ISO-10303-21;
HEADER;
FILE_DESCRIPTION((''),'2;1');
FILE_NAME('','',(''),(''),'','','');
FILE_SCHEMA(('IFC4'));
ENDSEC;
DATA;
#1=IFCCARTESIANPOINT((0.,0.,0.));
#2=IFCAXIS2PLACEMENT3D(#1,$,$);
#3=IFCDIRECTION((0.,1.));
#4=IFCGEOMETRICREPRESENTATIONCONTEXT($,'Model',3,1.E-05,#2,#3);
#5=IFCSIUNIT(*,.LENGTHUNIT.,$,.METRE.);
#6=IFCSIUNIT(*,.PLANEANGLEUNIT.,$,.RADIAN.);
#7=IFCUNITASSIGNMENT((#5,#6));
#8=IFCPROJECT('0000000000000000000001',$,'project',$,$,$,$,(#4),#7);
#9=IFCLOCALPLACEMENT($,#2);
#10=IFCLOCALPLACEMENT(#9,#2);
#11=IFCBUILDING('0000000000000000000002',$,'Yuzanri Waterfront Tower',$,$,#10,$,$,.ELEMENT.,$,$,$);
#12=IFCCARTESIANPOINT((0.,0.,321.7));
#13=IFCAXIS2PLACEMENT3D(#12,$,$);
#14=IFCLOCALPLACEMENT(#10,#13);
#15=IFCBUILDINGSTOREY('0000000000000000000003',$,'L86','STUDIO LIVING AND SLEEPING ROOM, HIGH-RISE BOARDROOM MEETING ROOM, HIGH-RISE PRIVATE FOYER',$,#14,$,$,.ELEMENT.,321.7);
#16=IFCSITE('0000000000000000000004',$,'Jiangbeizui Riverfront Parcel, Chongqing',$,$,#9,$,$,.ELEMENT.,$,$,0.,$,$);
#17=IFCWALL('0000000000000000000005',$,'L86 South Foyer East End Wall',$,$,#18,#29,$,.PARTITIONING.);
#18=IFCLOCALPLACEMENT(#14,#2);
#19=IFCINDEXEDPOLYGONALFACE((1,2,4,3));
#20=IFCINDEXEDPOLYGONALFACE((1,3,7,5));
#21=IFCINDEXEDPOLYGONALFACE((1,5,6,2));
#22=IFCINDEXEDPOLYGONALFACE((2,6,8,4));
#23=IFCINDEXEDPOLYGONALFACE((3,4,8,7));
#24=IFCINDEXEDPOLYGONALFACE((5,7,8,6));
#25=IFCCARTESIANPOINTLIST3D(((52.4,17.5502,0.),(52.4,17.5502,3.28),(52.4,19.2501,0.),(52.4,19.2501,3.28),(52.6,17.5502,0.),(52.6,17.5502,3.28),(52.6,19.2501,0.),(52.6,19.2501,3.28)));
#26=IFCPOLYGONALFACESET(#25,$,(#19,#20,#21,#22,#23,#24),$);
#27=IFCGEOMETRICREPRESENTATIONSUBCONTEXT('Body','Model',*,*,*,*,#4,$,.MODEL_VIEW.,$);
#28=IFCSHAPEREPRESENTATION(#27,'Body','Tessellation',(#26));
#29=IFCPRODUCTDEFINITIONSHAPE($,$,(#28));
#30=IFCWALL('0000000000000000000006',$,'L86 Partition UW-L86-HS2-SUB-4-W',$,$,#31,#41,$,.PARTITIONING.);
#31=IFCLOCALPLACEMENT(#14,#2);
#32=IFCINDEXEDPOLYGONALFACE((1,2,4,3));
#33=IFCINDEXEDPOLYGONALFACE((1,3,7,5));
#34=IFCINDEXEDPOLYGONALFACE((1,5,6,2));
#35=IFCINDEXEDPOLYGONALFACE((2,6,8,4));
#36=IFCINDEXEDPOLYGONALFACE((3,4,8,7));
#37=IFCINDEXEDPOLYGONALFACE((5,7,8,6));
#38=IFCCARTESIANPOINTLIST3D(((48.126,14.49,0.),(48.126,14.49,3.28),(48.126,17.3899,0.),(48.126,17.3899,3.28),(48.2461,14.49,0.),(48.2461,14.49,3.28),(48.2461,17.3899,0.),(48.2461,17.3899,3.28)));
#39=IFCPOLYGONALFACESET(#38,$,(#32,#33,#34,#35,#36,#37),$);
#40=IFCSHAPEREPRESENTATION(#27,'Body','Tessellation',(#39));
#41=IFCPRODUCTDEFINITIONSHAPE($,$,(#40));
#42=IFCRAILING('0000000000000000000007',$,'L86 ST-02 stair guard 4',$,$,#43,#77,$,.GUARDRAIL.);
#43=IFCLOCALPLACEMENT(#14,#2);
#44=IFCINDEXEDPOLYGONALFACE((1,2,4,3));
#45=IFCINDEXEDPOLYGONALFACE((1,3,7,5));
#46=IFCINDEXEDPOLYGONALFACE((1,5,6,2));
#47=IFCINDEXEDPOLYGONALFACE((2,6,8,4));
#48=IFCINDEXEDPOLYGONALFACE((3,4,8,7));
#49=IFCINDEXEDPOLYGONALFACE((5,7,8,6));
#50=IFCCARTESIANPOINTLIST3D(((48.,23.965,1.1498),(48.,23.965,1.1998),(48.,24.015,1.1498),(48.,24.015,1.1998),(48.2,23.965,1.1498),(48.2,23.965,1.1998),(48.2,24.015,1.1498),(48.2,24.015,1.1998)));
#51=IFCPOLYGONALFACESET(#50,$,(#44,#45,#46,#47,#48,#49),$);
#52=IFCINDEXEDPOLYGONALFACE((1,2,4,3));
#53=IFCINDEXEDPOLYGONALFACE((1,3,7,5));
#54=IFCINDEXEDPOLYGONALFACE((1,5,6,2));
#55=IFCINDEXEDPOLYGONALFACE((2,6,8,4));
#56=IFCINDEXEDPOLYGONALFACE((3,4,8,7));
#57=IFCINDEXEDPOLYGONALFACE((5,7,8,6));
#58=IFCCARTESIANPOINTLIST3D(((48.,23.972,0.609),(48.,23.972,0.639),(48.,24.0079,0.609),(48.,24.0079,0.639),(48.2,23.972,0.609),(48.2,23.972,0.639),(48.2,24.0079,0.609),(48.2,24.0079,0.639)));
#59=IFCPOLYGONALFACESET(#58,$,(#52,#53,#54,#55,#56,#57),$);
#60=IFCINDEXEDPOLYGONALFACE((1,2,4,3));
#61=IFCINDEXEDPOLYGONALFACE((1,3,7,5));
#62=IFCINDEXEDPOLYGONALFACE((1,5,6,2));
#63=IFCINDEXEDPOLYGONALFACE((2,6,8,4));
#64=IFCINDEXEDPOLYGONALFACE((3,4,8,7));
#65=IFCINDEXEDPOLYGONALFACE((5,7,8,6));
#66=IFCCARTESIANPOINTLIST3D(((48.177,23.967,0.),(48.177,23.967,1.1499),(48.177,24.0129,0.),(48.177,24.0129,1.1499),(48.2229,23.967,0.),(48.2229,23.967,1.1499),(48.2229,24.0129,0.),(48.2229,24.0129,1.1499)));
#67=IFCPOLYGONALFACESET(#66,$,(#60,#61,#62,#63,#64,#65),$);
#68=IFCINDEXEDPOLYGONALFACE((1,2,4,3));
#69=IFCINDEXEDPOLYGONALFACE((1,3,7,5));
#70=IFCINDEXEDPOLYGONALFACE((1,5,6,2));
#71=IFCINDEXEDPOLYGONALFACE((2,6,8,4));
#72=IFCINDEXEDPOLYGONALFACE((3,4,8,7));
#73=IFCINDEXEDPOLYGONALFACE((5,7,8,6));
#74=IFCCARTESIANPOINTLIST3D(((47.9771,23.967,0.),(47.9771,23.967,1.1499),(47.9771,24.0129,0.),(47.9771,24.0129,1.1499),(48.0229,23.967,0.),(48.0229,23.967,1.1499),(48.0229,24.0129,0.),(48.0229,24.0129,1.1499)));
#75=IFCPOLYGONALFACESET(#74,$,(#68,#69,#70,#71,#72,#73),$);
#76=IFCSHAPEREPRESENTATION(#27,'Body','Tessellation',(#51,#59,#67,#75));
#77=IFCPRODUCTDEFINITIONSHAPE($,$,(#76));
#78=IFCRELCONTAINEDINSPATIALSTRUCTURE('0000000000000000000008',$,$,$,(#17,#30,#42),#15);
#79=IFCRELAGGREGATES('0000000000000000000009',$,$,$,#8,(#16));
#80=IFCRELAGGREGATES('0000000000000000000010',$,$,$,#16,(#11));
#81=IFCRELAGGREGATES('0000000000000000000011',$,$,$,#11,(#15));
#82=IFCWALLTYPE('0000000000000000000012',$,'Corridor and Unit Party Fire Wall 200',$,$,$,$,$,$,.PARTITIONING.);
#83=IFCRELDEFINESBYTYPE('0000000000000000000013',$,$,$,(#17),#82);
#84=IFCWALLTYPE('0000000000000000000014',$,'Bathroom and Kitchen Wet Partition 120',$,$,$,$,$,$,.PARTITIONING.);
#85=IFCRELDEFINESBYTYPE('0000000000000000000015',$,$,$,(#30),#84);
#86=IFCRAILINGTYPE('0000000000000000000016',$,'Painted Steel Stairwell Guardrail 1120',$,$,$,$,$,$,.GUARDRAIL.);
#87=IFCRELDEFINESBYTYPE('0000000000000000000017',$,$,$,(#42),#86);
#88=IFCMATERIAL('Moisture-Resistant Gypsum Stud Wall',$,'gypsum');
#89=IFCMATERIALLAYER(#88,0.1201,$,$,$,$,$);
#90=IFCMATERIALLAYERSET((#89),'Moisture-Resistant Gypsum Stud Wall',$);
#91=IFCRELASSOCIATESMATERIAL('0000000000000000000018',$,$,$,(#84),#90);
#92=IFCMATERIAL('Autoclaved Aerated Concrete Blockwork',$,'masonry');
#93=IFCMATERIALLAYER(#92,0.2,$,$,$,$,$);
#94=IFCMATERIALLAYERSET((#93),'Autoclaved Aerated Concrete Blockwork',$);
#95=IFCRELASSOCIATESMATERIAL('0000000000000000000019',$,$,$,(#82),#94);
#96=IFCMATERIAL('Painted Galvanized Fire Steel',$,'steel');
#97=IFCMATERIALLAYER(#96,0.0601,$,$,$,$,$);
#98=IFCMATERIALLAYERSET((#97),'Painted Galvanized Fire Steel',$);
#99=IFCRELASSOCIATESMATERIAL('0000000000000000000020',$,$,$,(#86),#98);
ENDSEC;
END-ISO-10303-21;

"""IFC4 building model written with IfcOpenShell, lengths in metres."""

from ifc_helpers import new_model, si_unit, direction, frame, frame_2d, origin, origin_2d, place, context, subcontext, project, spatial, rectangle, extrude, source, transform, mapped, material, layer, layer_set, type_object, element, save


model = new_model("IFC4")

# Units and contexts
model_context = context("Model", 3, precision=1e-05, world=origin(), true_north=direction((0.0, 1.0)))
body_context = subcontext(model_context, "Body", "Model", "MODEL_VIEW")
ifc_project = project(units=[si_unit("LENGTHUNIT", "METRE"), si_unit("PLANEANGLEUNIT", "RADIAN")], contexts=[model_context])

# Site, building, storey
site_placement = place(None, origin())
site = spatial("IfcSite", under=ifc_project, at=site_placement, Name="Jiangbeizui Riverfront Parcel, Chongqing", CompositionType="ELEMENT", RefElevation=0.0)
building_placement = place(site_placement, origin())
building = spatial("IfcBuilding", under=site, at=building_placement, Name="Yuzanri Waterfront Tower", CompositionType="ELEMENT")
storey_placement = place(building_placement, frame((0.0, 0.0, 321.7)))
storey = spatial("IfcBuildingStorey", under=building, at=storey_placement, Name="L86", Description="STUDIO LIVING AND SLEEPING ROOM, HIGH-RISE BOARDROOM MEETING ROOM, HIGH-RISE PRIVATE FOYER", CompositionType="ELEMENT", Elevation=321.7)

# Shared definitions
ifc_material_1 = material(Name="Moisture-Resistant Gypsum Stud Wall", Category="gypsum")
ifc_layer_1 = layer(ifc_material_1, 0.1201)
ifc_layer_set_1 = layer_set([ifc_layer_1], Name="Moisture-Resistant Gypsum Stud Wall")
wall_type_1 = type_object("IfcWallType", Name="Bathroom and Kitchen Wet Partition 120", PredefinedType="PARTITIONING", material=ifc_layer_set_1)

# Shared definitions
ifc_material_2 = material(Name="Autoclaved Aerated Concrete Blockwork", Category="masonry")
ifc_layer_2 = layer(ifc_material_2, 0.2)
ifc_layer_set_2 = layer_set([ifc_layer_2], Name="Autoclaved Aerated Concrete Blockwork")
wall_type_2 = type_object("IfcWallType", Name="Corridor and Unit Party Fire Wall 200", PredefinedType="PARTITIONING", material=ifc_layer_set_2)

# Walls
shared_shape_1 = source(origin(), body_context, "Body", "SweptSolid", [
    extrude(rectangle(XDim=1.7, YDim=0.2, at=frame_2d((0.8501, 0.0))), origin(), (0.0, 0.0, 1.0), 3.28),
])
wall_1_placement = place(storey_placement, frame((52.5, 17.55, 0.0), z_axis=(0.0, 0.0, 1.0), x_axis=(0.0, 1.0, 0.0)))
element("IfcWall", 1, at=wall_1_placement, inside=storey, type_object=wall_type_2, Name="L86 South Foyer East End Wall", PredefinedType="PARTITIONING", context=body_context, shape_type="MappedRepresentation", body=[
    mapped(shared_shape_1, transform((0.0, 0.0, 0.0), scale=1.0)),
])
shared_shape_2 = source(origin(), body_context, "Body", "SweptSolid", [
    extrude(rectangle(XDim=2.8999, YDim=0.1201, at=frame_2d((1.45, 0.0))), origin(), (0.0, 0.0, 1.0), 3.28),
])
wall_2_placement = place(storey_placement, frame((48.186, 14.49, 0.0), z_axis=(0.0, 0.0, 1.0), x_axis=(0.0, 1.0, 0.0)))
element("IfcWall", 2, at=wall_2_placement, inside=storey, type_object=wall_type_1, Name="L86 Partition UW-L86-HS2-SUB-4-W", PredefinedType="PARTITIONING", context=body_context, shape_type="MappedRepresentation", body=[
    mapped(shared_shape_2, transform((0.0, 0.0, 0.0), scale=1.0)),
])

# Railing
ifc_material_3 = material(Name="Painted Galvanized Fire Steel", Category="steel")
ifc_layer_3 = layer(ifc_material_3, 0.0601)
ifc_layer_set_3 = layer_set([ifc_layer_3], Name="Painted Galvanized Fire Steel")
railing_type = type_object("IfcRailingType", Name="Painted Steel Stairwell Guardrail 1120", PredefinedType="GUARDRAIL", material=ifc_layer_set_3)
shared_shape_3 = source(origin(), body_context, "Body", "SweptSolid", [
    extrude(rectangle(XDim=0.05, YDim=0.05, at=origin_2d()), frame((0.0, 0.0, 1.1748), z_axis=(-1.0, 0.0, 0.0), x_axis=(0.0, -1.0, 0.0)), (0.0, 0.0, 1.0), 0.2),
    extrude(rectangle(XDim=0.0359, YDim=0.03, at=origin_2d()), frame((0.0, 0.0, 0.624), z_axis=(-1.0, 0.0, 0.0), x_axis=(0.0, -1.0, 0.0)), (0.0, 0.0, 1.0), 0.2),
    extrude(rectangle(XDim=0.0459, YDim=0.0459, at=origin_2d()), origin(), (0.0, 0.0, 1.0), 1.1499),
    extrude(rectangle(XDim=0.0459, YDim=0.0459, at=origin_2d()), frame((-0.2, 0.0, 0.0)), (0.0, 0.0, 1.0), 1.1499),
])
railing_placement = place(storey_placement, frame((48.2, 23.99, 0.0)))
element("IfcRailing", 3, at=railing_placement, inside=storey, type_object=railing_type, Name="L86 ST-02 stair guard 4", PredefinedType="GUARDRAIL", context=body_context, shape_type="MappedRepresentation", body=[
    mapped(shared_shape_3, transform((0.0, 0.0, 0.0), scale=1.0)),
])

save(model, "model.ifc")
